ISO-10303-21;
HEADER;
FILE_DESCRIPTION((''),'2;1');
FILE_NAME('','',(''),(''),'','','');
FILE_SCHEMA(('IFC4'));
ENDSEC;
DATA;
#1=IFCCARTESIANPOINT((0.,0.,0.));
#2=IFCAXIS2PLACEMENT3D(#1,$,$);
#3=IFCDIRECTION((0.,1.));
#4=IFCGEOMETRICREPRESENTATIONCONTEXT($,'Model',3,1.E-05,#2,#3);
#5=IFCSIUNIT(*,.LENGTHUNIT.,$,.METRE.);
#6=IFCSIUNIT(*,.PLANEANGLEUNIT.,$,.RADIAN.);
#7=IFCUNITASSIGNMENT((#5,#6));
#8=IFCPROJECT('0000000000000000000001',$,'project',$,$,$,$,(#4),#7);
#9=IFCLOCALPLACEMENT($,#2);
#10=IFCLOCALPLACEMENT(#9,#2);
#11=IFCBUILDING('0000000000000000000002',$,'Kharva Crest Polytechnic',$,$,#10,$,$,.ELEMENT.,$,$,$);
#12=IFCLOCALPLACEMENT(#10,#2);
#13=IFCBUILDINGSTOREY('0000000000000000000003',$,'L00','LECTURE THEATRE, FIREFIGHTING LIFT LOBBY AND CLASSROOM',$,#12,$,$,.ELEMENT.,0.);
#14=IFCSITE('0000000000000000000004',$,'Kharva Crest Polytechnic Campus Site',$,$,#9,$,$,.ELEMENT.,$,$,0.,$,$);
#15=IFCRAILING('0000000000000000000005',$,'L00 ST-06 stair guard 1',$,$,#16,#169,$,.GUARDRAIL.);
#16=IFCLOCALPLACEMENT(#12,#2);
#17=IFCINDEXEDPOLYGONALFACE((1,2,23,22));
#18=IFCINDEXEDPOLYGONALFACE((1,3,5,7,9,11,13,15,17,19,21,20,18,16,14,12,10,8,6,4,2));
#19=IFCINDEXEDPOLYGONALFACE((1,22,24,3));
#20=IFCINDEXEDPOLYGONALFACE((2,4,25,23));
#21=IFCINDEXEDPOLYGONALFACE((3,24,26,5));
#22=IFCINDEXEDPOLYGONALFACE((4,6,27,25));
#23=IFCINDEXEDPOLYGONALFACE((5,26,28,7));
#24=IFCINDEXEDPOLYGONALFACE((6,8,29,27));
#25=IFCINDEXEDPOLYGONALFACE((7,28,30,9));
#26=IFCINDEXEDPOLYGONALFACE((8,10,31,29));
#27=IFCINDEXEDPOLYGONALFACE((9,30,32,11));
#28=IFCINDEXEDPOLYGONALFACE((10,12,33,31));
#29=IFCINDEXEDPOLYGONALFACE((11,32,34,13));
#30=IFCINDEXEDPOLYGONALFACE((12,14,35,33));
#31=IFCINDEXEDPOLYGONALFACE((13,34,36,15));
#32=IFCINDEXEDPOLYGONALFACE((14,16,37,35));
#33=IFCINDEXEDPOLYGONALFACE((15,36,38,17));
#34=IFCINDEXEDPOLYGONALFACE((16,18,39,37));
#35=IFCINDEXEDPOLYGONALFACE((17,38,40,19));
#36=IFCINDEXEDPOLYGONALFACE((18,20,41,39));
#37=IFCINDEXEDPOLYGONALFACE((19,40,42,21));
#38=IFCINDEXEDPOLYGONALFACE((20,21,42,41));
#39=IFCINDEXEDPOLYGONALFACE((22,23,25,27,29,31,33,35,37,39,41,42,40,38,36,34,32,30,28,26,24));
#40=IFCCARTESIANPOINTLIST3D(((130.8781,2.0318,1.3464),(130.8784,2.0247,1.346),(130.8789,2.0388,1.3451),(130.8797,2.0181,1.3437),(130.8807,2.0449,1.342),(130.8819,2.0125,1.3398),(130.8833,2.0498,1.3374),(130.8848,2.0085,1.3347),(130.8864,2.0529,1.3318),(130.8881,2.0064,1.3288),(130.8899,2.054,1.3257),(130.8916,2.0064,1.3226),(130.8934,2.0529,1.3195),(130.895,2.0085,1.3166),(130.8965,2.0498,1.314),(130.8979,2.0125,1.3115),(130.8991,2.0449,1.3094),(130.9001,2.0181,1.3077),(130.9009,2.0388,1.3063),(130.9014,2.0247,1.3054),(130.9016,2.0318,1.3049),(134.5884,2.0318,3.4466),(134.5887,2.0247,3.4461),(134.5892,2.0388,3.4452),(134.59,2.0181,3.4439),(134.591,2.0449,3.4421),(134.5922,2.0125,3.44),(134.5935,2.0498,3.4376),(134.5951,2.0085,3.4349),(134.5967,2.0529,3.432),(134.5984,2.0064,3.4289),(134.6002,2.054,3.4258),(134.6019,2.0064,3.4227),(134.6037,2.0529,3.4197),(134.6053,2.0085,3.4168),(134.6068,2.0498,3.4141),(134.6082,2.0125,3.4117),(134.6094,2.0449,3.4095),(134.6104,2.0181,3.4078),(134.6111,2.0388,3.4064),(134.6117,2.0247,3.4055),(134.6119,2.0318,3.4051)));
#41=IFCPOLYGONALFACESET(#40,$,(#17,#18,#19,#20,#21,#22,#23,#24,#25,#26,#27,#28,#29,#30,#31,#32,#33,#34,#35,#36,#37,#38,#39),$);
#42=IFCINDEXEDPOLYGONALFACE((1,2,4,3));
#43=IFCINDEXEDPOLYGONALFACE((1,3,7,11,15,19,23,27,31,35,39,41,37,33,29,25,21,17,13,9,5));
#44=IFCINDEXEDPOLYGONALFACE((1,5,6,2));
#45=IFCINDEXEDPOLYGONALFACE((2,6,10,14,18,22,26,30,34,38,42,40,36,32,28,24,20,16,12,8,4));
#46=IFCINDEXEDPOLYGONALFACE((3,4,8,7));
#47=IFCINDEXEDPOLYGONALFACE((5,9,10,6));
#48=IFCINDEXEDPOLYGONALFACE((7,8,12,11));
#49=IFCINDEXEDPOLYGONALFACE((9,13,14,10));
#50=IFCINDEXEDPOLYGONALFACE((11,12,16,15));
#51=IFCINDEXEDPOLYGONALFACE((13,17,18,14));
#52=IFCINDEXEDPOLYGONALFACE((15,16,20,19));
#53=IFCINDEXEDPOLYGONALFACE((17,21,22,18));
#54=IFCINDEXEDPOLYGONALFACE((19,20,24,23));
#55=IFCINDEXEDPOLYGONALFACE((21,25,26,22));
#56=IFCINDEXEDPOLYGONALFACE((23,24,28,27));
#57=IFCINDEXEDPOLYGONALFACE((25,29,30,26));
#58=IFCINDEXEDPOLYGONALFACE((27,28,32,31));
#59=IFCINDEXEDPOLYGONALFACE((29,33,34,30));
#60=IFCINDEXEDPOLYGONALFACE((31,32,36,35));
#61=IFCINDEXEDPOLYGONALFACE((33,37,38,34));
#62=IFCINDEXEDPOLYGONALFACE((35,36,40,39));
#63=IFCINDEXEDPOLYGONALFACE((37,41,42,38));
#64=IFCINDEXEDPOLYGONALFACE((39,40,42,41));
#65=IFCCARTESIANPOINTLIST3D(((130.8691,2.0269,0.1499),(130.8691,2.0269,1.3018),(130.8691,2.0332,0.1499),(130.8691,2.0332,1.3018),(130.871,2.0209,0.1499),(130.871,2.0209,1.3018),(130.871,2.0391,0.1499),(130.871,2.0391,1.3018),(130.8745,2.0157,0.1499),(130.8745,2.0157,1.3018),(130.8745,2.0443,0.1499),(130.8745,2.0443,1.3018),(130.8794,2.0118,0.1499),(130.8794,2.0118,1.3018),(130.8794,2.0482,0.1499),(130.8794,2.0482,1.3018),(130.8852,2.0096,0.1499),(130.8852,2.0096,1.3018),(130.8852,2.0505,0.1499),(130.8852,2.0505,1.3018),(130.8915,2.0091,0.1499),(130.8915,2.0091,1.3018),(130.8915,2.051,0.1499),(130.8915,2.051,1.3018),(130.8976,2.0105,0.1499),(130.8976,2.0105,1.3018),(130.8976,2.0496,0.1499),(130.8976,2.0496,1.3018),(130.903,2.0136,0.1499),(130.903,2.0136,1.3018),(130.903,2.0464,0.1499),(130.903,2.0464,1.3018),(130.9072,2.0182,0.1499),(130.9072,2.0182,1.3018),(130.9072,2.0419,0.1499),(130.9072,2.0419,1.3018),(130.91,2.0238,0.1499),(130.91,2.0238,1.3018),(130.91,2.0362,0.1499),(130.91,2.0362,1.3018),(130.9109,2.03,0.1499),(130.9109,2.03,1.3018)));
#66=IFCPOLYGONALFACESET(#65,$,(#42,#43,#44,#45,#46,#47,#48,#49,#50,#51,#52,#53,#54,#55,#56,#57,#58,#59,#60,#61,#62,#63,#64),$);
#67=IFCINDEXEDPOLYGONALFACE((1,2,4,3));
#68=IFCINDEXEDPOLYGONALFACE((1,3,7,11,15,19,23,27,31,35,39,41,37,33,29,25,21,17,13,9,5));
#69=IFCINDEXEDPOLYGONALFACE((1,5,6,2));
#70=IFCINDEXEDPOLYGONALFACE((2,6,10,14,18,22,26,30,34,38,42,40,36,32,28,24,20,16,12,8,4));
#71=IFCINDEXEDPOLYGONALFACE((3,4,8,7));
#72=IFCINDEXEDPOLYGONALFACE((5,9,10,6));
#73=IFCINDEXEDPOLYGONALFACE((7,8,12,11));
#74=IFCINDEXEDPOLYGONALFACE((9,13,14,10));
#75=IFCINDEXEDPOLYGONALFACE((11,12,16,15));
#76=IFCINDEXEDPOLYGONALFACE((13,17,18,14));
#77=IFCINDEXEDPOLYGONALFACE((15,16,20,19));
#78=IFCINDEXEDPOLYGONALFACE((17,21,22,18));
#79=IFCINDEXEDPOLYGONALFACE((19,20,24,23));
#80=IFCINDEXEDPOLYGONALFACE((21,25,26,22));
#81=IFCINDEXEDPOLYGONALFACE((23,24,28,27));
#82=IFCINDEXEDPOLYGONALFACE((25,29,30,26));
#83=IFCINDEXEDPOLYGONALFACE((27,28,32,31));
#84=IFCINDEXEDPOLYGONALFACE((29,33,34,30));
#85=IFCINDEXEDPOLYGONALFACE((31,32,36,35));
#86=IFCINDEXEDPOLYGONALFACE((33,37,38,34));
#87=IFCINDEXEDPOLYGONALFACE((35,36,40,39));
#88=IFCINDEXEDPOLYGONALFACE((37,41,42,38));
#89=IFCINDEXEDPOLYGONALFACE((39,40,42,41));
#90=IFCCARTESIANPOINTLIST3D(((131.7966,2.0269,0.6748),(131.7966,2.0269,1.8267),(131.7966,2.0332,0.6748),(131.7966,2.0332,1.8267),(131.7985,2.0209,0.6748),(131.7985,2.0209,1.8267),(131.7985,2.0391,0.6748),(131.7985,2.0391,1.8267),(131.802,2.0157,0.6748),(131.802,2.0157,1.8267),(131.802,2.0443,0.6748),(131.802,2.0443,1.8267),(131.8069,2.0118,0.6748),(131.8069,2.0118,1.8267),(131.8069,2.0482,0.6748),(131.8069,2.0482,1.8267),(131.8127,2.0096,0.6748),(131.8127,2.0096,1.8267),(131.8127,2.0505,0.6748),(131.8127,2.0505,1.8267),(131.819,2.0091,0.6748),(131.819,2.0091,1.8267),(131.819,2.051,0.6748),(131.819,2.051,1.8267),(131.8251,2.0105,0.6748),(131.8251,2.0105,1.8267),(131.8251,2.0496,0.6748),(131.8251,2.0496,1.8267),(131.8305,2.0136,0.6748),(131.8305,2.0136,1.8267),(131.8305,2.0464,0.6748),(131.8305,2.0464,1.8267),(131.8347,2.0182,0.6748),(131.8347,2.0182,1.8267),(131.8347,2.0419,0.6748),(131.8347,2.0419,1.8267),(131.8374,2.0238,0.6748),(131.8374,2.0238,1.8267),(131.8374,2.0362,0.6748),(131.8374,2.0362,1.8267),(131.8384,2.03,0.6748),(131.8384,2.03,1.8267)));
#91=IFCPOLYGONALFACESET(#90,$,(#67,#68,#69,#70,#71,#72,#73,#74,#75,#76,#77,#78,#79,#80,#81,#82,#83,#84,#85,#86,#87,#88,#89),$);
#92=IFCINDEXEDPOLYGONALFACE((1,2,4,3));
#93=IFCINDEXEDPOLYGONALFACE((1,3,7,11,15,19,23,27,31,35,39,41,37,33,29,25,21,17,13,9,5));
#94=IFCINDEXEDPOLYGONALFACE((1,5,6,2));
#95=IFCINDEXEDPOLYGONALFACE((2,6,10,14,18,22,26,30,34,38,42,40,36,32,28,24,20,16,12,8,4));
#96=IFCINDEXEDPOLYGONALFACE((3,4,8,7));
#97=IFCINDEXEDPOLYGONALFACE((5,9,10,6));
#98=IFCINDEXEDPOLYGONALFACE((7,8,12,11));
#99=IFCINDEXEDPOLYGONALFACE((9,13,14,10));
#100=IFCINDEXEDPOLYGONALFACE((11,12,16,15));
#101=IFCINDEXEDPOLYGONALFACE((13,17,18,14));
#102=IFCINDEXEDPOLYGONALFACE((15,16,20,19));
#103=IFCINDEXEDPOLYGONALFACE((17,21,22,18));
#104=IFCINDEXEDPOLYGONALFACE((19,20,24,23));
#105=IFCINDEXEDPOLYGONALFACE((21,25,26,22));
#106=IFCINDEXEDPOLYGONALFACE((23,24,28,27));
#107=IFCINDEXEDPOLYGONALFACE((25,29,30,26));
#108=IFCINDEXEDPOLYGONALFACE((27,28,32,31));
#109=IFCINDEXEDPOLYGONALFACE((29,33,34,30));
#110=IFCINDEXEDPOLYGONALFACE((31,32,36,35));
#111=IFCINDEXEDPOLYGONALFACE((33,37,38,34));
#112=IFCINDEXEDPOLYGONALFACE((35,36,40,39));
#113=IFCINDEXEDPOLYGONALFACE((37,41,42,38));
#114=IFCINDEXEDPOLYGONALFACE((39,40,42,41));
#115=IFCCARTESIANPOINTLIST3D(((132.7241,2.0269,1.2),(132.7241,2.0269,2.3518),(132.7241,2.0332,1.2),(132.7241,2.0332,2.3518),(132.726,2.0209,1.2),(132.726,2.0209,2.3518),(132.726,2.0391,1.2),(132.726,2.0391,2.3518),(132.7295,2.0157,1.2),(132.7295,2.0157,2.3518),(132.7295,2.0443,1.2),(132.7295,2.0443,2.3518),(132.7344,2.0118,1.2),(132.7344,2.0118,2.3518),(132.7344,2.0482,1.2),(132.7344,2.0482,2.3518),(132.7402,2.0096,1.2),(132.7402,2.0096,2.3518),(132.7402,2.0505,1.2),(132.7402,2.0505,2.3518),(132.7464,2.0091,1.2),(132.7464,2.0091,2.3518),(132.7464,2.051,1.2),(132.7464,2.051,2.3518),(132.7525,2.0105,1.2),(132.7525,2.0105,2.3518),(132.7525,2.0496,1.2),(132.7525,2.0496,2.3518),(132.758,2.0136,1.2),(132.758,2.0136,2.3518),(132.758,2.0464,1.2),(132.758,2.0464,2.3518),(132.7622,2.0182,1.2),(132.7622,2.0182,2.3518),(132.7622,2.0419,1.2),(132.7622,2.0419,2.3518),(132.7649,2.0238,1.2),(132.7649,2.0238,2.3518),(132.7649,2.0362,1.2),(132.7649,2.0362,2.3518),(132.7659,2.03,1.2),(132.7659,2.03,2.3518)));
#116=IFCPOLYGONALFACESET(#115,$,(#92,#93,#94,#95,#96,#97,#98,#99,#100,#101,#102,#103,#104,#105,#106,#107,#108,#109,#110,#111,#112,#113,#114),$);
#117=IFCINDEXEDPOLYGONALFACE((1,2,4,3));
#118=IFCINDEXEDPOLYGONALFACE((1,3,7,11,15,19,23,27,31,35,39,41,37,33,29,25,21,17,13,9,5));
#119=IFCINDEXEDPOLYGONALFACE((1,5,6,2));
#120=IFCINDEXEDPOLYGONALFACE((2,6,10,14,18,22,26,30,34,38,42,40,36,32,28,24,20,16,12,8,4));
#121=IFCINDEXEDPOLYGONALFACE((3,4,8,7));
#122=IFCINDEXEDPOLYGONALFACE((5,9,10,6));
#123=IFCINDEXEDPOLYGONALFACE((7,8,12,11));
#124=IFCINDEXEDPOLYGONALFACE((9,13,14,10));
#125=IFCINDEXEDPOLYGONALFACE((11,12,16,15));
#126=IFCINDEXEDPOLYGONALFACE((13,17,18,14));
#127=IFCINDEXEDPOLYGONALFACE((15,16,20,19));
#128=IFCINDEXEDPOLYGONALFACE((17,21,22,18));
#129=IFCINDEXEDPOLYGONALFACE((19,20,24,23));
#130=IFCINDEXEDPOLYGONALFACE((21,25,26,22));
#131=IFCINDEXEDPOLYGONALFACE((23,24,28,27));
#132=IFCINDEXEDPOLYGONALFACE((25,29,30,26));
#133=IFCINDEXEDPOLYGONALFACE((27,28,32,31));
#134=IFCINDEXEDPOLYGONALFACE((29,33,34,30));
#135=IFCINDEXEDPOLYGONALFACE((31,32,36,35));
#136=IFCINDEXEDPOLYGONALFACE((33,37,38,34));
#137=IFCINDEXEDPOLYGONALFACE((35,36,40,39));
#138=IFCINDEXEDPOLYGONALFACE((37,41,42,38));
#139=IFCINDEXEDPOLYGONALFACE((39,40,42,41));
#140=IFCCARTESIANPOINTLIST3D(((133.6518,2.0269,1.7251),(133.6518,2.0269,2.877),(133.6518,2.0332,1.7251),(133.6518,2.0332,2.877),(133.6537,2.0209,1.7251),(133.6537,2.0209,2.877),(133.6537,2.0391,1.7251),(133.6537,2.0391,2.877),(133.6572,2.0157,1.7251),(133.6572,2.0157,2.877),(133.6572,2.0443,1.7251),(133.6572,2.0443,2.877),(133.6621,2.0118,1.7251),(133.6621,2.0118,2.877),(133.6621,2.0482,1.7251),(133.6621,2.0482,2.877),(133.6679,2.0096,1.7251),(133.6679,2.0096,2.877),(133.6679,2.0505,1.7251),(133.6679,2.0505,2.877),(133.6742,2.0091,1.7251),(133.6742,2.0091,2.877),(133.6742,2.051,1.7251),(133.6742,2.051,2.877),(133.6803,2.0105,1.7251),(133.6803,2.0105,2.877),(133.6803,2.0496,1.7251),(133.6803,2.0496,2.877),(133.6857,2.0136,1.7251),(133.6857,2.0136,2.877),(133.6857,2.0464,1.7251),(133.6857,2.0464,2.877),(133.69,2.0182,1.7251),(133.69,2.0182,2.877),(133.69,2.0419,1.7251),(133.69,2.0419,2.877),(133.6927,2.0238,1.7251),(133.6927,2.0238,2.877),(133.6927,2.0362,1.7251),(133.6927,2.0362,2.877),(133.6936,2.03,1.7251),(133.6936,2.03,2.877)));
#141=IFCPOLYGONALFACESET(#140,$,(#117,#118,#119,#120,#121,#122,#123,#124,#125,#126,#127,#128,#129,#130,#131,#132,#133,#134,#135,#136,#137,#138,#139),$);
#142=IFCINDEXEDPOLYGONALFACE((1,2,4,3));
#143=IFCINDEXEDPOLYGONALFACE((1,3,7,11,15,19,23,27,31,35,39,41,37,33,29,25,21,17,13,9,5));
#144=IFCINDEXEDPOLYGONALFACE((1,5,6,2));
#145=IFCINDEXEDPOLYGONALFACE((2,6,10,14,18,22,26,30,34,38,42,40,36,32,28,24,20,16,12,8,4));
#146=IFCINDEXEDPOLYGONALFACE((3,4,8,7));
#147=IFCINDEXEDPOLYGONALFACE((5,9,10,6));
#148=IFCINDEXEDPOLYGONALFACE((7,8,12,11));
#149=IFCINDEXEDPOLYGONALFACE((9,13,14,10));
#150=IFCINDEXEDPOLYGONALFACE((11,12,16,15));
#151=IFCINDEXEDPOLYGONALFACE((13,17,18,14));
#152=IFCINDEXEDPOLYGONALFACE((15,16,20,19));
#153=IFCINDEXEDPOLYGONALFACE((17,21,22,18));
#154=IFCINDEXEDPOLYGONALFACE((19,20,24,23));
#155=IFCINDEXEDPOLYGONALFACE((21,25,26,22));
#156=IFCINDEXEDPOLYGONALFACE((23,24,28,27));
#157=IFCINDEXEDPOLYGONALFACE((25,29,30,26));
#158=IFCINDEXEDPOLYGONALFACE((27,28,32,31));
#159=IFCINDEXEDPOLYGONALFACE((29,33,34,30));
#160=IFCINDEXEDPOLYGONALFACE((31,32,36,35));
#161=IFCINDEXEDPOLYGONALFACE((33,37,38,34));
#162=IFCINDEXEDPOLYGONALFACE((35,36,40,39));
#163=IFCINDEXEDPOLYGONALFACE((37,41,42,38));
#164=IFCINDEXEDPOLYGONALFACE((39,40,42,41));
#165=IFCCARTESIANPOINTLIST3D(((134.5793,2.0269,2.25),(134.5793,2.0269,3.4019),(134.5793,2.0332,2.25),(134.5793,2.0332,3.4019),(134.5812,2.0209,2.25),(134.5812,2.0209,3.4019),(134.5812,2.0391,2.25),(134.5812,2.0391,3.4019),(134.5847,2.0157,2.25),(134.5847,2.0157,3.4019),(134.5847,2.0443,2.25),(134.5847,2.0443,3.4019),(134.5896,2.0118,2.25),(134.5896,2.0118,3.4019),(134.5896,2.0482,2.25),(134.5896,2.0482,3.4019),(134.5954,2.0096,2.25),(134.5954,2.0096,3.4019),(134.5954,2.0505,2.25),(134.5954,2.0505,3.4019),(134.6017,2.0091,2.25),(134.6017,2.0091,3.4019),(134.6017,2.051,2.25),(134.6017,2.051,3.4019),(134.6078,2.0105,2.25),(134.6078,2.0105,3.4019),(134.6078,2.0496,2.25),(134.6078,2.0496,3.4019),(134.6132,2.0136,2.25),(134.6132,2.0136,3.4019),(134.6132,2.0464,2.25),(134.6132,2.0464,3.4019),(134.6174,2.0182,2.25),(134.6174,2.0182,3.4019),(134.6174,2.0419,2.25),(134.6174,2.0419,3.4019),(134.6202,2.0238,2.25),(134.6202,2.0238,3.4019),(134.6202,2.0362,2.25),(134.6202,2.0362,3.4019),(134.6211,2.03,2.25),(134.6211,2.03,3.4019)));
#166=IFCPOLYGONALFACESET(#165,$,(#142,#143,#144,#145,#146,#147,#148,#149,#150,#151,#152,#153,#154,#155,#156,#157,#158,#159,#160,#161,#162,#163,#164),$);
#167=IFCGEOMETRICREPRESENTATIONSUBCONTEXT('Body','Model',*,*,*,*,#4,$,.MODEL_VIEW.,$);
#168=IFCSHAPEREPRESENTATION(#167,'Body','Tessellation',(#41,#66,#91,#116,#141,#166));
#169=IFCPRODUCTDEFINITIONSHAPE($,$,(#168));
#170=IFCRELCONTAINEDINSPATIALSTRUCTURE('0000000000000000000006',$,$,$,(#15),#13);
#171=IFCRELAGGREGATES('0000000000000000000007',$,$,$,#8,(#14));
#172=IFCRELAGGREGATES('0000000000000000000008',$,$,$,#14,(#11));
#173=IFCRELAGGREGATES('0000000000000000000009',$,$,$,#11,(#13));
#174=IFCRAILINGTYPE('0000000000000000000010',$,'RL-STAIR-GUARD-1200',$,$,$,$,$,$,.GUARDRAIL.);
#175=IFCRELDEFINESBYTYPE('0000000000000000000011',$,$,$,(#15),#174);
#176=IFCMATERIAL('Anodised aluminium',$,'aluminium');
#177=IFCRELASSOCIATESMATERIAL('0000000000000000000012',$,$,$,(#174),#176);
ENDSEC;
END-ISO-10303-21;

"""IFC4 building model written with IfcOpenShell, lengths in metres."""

from ifc_helpers import new_model, si_unit, direction, frame, origin, origin_2d, place, context, subcontext, project, spatial, circle, extrude, material, type_object, element, save


model = new_model("IFC4")

# Units and contexts
model_context = context("Model", 3, precision=1e-05, world=origin(), true_north=direction((0.0, 1.0)))
body_context = subcontext(model_context, "Body", "Model", "MODEL_VIEW")
ifc_project = project(units=[si_unit("LENGTHUNIT", "METRE"), si_unit("PLANEANGLEUNIT", "RADIAN")], contexts=[model_context])

# Site, building, storey
site_placement = place(None, origin())
site = spatial("IfcSite", under=ifc_project, at=site_placement, Name="Kharva Crest Polytechnic Campus Site", CompositionType="ELEMENT", RefElevation=0.0)
building_placement = place(site_placement, origin())
building = spatial("IfcBuilding", under=site, at=building_placement, Name="Kharva Crest Polytechnic", CompositionType="ELEMENT")
storey_placement = place(building_placement, origin())
storey = spatial("IfcBuildingStorey", under=building, at=storey_placement, Name="L00", Description="LECTURE THEATRE, FIREFIGHTING LIFT LOBBY AND CLASSROOM", CompositionType="ELEMENT", Elevation=0.0)

# Railing
ifc_material_1 = material(Name="Anodised aluminium", Category="aluminium")
railing_type_1 = type_object("IfcRailingType", Name="RL-STAIR-GUARD-1200", PredefinedType="GUARDRAIL", material=ifc_material_1)
railing_1_placement = place(storey_placement, frame((130.8899, 2.03, 0.1499)))
element("IfcRailing", 1, at=railing_1_placement, inside=storey, type_object=railing_type_1, Name="L00 ST-06 stair guard 1", PredefinedType="GUARDRAIL", context=body_context, shape_type="SweptSolid", body=[
    extrude(circle(Radius=0.0239, at=origin_2d()), frame((0.0, 0.0, 1.1758), z_axis=(0.870259, 0.0, 0.492595), x_axis=(0.0, 1.0, 0.0)), (0.0, 0.0, 1.0), 4.2634),
    extrude(circle(Radius=0.021, at=origin_2d()), origin(), (0.0, 0.0, 1.0), 1.1519),
    extrude(circle(Radius=0.021, at=origin_2d()), frame((0.9275, 0.0, 0.5249)), (0.0, 0.0, 1.0), 1.1519),
    extrude(circle(Radius=0.021, at=origin_2d()), frame((1.855, 0.0, 1.05)), (0.0, 0.0, 1.0), 1.1519),
    extrude(circle(Radius=0.021, at=origin_2d()), frame((2.7827, 0.0, 1.5752)), (0.0, 0.0, 1.0), 1.1519),
    extrude(circle(Radius=0.021, at=origin_2d()), frame((3.7102, 0.0, 2.1001)), (0.0, 0.0, 1.0), 1.1519),
])

save(model, "model.ifc")
